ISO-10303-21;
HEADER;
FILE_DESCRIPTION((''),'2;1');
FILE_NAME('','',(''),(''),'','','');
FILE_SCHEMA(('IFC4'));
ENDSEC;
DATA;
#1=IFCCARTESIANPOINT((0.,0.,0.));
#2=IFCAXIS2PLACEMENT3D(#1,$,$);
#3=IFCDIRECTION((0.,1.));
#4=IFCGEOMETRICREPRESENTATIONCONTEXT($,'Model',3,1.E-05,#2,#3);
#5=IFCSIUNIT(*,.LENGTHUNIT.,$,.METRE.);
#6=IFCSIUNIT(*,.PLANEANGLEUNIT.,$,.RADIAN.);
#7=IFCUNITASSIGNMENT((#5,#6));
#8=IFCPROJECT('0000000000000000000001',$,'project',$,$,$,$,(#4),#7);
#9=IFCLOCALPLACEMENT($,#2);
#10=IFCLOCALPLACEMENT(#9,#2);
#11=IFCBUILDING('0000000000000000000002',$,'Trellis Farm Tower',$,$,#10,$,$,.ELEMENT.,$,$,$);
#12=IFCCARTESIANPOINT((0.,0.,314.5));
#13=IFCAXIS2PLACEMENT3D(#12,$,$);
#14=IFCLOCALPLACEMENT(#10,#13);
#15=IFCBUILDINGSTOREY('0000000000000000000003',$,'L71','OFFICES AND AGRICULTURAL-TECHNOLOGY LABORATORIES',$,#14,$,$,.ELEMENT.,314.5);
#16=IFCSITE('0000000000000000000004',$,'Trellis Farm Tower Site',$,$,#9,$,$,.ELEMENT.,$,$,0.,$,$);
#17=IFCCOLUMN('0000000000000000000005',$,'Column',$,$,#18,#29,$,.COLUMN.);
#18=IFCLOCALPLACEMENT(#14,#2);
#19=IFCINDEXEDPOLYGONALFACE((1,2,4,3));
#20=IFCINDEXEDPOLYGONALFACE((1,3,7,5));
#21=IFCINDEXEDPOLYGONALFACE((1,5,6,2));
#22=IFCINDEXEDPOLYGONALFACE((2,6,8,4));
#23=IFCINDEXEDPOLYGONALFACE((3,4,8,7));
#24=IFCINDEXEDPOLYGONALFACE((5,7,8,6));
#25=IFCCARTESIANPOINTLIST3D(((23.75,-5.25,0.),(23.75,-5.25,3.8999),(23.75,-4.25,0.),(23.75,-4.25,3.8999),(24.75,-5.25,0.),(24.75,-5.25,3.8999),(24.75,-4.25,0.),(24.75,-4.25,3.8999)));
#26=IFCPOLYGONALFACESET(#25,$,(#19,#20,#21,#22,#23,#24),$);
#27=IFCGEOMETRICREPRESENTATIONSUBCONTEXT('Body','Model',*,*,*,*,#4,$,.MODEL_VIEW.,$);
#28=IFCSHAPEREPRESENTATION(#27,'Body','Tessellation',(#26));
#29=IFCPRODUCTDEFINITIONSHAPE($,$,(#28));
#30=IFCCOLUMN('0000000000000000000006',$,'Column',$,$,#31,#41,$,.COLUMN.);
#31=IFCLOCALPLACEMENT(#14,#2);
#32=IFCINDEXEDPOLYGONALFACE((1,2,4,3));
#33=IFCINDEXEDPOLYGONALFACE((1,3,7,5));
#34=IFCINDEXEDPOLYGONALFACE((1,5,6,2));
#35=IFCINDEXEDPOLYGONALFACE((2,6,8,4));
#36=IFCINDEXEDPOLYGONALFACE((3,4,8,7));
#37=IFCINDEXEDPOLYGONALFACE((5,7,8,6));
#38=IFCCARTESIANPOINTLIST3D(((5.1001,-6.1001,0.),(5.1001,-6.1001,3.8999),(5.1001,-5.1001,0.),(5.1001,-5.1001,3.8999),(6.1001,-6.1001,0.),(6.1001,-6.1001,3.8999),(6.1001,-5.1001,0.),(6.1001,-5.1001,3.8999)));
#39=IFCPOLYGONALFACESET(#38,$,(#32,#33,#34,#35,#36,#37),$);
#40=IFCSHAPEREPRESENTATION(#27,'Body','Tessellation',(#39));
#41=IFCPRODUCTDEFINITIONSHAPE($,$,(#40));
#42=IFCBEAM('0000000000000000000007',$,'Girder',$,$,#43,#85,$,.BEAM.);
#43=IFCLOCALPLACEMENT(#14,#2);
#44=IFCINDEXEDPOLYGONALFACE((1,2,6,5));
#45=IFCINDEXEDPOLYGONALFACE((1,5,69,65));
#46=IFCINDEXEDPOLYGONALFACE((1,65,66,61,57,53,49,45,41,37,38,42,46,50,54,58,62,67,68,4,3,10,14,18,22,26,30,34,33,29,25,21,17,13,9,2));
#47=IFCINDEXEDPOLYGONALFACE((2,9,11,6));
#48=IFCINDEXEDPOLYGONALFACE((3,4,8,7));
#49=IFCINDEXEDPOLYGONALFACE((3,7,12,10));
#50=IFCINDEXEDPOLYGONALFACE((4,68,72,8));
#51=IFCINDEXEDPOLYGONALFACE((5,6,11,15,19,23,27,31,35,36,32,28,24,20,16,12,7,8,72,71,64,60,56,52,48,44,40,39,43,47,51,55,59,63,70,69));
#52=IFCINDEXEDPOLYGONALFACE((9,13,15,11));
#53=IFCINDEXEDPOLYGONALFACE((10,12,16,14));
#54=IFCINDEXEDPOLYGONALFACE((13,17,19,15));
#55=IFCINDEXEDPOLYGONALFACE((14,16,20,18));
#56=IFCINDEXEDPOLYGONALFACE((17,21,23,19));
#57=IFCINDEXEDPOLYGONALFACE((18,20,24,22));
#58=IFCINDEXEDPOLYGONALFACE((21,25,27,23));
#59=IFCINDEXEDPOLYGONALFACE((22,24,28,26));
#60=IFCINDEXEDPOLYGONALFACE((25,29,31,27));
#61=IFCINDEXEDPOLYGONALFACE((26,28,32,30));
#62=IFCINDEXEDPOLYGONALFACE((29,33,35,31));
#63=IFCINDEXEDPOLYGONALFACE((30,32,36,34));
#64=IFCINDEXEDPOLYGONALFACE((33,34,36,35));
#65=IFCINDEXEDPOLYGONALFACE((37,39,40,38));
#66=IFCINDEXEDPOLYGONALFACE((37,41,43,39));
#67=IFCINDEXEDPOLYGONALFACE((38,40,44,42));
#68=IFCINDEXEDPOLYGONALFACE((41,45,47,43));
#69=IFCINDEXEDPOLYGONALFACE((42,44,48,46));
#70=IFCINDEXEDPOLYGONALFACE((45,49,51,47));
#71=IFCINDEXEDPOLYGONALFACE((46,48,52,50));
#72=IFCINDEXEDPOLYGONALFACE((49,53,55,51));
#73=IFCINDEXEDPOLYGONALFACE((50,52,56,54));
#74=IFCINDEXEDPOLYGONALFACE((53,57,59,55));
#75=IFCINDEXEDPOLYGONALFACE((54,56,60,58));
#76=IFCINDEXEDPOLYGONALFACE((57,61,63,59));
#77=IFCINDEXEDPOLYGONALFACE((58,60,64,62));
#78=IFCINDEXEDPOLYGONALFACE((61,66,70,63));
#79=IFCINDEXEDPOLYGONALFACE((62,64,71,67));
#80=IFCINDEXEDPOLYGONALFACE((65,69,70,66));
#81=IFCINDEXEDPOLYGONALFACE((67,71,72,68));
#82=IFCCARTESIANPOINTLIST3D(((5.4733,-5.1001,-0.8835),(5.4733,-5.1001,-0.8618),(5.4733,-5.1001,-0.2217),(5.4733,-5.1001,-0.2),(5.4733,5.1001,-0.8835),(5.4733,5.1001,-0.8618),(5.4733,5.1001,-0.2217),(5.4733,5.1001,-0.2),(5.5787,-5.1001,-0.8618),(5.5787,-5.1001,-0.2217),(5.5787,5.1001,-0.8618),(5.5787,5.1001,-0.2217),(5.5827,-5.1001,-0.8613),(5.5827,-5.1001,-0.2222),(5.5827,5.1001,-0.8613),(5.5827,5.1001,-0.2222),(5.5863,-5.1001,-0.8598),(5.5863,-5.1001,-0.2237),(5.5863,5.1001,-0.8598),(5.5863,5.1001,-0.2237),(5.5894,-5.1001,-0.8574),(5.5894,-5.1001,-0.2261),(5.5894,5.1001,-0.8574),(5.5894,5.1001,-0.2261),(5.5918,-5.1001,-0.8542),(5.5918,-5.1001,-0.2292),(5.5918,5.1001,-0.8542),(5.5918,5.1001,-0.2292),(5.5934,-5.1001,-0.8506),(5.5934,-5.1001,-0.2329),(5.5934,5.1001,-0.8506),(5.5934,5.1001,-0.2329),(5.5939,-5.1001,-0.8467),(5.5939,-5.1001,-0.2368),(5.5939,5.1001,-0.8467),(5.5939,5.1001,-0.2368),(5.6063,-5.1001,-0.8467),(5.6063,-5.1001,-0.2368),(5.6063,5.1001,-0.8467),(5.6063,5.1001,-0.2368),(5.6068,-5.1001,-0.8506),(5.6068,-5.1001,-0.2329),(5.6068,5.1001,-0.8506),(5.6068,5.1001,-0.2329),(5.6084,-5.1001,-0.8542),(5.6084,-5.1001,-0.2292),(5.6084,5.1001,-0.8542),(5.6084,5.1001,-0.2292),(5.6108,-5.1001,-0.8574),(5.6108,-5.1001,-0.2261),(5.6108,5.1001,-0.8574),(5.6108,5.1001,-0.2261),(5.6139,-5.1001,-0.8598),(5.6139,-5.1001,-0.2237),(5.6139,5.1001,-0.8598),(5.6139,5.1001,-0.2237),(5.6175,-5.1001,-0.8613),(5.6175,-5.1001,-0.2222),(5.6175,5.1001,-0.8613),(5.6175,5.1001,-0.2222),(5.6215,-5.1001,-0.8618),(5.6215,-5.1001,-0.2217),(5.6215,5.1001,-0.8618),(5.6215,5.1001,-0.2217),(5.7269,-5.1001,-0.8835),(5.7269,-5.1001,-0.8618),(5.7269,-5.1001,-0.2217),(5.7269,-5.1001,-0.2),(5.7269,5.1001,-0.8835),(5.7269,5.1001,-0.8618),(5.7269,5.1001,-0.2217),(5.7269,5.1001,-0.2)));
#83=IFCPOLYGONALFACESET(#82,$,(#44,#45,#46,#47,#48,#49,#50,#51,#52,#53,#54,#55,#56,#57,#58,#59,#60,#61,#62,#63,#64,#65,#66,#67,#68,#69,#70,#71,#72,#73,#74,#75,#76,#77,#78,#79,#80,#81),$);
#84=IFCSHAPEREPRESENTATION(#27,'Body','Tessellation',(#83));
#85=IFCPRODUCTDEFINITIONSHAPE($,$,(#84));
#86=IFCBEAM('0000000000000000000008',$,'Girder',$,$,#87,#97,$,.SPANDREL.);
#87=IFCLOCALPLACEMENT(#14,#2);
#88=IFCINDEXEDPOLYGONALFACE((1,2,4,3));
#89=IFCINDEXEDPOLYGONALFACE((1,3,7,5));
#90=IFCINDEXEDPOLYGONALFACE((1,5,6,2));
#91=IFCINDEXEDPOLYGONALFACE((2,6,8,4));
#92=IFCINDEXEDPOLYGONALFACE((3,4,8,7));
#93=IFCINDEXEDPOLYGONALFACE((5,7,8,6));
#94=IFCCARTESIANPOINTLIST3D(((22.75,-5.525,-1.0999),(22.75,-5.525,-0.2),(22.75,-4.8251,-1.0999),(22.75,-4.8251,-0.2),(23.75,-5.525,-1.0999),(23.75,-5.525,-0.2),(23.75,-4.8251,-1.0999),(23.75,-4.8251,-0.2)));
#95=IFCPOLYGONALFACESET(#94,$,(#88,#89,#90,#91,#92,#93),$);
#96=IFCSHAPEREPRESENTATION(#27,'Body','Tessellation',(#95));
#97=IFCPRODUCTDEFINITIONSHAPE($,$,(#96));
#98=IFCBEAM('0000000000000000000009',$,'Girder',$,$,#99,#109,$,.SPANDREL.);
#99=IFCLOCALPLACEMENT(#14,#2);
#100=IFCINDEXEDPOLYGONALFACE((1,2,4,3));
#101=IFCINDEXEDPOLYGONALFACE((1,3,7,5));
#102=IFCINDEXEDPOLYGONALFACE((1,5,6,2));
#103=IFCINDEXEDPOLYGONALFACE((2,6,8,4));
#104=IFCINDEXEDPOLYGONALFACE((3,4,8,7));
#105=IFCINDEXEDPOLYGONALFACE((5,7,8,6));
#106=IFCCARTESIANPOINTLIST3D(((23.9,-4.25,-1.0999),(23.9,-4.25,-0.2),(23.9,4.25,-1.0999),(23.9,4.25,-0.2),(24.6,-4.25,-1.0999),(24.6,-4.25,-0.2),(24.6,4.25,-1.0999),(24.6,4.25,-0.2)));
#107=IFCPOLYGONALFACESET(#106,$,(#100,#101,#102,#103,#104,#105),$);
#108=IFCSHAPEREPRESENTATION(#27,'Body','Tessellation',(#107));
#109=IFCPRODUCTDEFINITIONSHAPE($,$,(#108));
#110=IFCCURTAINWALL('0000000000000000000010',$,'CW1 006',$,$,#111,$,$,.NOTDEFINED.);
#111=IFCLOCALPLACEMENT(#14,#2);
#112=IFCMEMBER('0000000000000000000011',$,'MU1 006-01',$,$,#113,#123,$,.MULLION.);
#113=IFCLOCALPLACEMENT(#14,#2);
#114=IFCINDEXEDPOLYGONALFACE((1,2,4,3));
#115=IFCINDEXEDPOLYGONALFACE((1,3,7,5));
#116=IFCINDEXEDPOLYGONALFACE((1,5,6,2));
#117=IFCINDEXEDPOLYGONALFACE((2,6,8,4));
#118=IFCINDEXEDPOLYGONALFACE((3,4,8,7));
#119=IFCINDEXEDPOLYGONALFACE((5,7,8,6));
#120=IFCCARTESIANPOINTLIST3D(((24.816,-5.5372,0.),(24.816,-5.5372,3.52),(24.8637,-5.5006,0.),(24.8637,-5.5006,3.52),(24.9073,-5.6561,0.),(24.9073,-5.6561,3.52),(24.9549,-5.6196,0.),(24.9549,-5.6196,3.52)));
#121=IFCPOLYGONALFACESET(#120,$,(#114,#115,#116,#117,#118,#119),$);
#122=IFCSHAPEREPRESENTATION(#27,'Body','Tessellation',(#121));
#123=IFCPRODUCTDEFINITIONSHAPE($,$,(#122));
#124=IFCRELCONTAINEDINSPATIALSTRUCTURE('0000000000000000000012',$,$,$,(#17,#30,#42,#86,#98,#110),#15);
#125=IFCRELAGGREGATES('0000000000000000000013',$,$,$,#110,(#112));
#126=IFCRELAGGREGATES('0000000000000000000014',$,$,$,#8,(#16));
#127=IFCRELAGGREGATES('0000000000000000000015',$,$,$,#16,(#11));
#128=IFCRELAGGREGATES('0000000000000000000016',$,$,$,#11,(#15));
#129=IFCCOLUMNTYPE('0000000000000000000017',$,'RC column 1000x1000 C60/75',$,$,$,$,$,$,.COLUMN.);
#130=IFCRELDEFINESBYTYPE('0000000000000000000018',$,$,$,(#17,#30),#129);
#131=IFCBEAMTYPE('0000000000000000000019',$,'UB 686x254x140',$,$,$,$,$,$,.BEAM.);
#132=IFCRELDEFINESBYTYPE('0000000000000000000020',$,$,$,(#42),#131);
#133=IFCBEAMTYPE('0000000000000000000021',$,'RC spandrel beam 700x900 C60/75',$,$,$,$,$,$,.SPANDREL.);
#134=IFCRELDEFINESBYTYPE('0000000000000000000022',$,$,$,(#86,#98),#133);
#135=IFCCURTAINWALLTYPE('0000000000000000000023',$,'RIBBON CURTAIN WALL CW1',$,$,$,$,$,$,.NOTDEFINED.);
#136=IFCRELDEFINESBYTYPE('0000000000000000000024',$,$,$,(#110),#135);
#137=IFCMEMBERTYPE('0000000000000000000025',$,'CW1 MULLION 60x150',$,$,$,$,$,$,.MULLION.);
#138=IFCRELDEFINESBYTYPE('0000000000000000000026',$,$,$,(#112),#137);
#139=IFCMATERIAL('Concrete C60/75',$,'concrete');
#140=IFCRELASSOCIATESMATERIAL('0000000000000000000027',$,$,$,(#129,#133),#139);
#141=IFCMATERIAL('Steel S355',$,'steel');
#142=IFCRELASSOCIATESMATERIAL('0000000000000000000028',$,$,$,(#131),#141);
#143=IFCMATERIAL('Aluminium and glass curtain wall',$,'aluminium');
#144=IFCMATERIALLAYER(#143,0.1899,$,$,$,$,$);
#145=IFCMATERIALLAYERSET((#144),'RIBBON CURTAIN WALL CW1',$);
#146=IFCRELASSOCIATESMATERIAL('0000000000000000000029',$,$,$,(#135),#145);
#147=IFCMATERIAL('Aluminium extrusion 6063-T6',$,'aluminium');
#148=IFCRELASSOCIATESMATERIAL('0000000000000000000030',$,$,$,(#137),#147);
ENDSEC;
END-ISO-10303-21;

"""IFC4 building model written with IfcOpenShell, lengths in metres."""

from ifc_helpers import new_model, si_unit, direction, frame, origin, origin_2d, place, context, subcontext, project, spatial, rectangle, i_section, extrude, source, transform, mapped, material, layer, layer_set, material_profile, profile_set, type_object, element, aggregate, save


model = new_model("IFC4")

# Units and contexts
model_context = context("Model", 3, precision=1e-05, world=origin(), true_north=direction((0.0, 1.0)))
body_context = subcontext(model_context, "Body", "Model", "MODEL_VIEW")
ifc_project = project(units=[si_unit("LENGTHUNIT", "METRE"), si_unit("PLANEANGLEUNIT", "RADIAN")], contexts=[model_context])

# Site, building, storey
site_placement = place(None, origin())
site = spatial("IfcSite", under=ifc_project, at=site_placement, Name="Trellis Farm Tower Site", CompositionType="ELEMENT", RefElevation=0.0)
building_placement = place(site_placement, origin())
building = spatial("IfcBuilding", under=site, at=building_placement, Name="Trellis Farm Tower", CompositionType="ELEMENT")
storey_placement = place(building_placement, frame((0.0, 0.0, 314.5)))
storey = spatial("IfcBuildingStorey", under=building, at=storey_placement, Name="L71", Description="OFFICES AND AGRICULTURAL-TECHNOLOGY LABORATORIES", CompositionType="ELEMENT", Elevation=314.5)

# Columns
ifc_material_1 = material(Name="Concrete C60/75", Category="concrete")
ifc_material_profile_1 = material_profile(ifc_material_1, rectangle(XDim=1.0, YDim=1.0, at=origin_2d()), Name="RC column 1000x1000 C60/75")
ifc_profile_set_1 = profile_set([ifc_material_profile_1], Name="Concrete C60/75")
column_type = type_object("IfcColumnType", Name="RC column 1000x1000 C60/75", PredefinedType="COLUMN", material=ifc_profile_set_1)
shared_shape_1 = source(origin(), body_context, "Body", "SweptSolid", [
    extrude(rectangle(XDim=1.0, YDim=1.0, at=origin_2d()), origin(), (0.0, 0.0, 1.0), 3.8999),
])
for number, where, z_axis, x_axis, name in (
    (1, (24.25, -4.75, 0.0), (0.0, 0.0, 1.0), (1.0, 0.0, 0.0), "Column"),
    (2, (5.6001, -5.6001, 0.0), (0.0, 0.0, 1.0), (1.0, 0.0, 0.0), "Column"),
):
    element("IfcColumn", number, at=place(storey_placement, frame(where, z_axis=z_axis, x_axis=x_axis)), inside=storey, type_object=column_type, Name=name, PredefinedType="COLUMN", context=body_context, shape_type="MappedRepresentation", body=[
        mapped(shared_shape_1, transform((0.0, 0.0, 0.0))),
    ])

# Beams
ifc_material_2 = material(Name="Steel S355", Category="steel")
ifc_material_profile_2 = material_profile(ifc_material_2, i_section(OverallWidth=0.2537, OverallDepth=0.6836, WebThickness=0.0125, FlangeThickness=0.0217, FilletRadius=0.0151, at=origin_2d()), Name="UB 686x254x140")
ifc_profile_set_2 = profile_set([ifc_material_profile_2], Name="Steel S355")
beam_type_1 = type_object("IfcBeamType", Name="UB 686x254x140", PredefinedType="BEAM", material=ifc_profile_set_2)
shared_shape_2 = source(origin(), body_context, "Body", "SweptSolid", [
    extrude(i_section(OverallWidth=0.2537, OverallDepth=0.6836, WebThickness=0.0125, FlangeThickness=0.0217, FilletRadius=0.0151, at=origin_2d()), origin(), (0.0, 0.0, 1.0), 10.2002),
])
beam_1_placement = place(storey_placement, frame((5.6001, -5.1001, -0.5417), z_axis=(0.0, 1.0, 0.0), x_axis=(-1.0, 0.0, 0.0)))
element("IfcBeam", 3, at=beam_1_placement, inside=storey, type_object=beam_type_1, Name="Girder", PredefinedType="BEAM", context=body_context, shape_type="MappedRepresentation", body=[
    mapped(shared_shape_2, transform((0.0, 0.0, 0.0))),
])
ifc_material_profile_3 = material_profile(ifc_material_1, rectangle(XDim=0.7, YDim=0.8999, at=origin_2d()), Name="RC spandrel beam 700x900 C60/75")
ifc_profile_set_3 = profile_set([ifc_material_profile_3], Name="Concrete C60/75")
beam_type_2 = type_object("IfcBeamType", Name="RC spandrel beam 700x900 C60/75", PredefinedType="SPANDREL", material=ifc_profile_set_3)
shared_shape_3 = source(origin(), body_context, "Body", "SweptSolid", [
    extrude(rectangle(XDim=0.7, YDim=0.8999, at=origin_2d()), origin(), (0.0, 0.0, 1.0), 1.0),
])
beam_2_placement = place(storey_placement, frame((22.75, -5.175, -0.6499), z_axis=(1.0, 0.0, 0.0), x_axis=(0.0, 1.0, 0.0)))
element("IfcBeam", 4, at=beam_2_placement, inside=storey, type_object=beam_type_2, Name="Girder", PredefinedType="SPANDREL", context=body_context, shape_type="MappedRepresentation", body=[
    mapped(shared_shape_3, transform((0.0, 0.0, 0.0))),
])
shared_shape_4 = source(origin(), body_context, "Body", "SweptSolid", [
    extrude(rectangle(XDim=0.7, YDim=0.8999, at=origin_2d()), origin(), (0.0, 0.0, 1.0), 8.5),
])
beam_3_placement = place(storey_placement, frame((24.25, -4.25, -0.6499), z_axis=(0.0, 1.0, 0.0), x_axis=(-1.0, 0.0, 0.0)))
element("IfcBeam", 5, at=beam_3_placement, inside=storey, type_object=beam_type_2, Name="Girder", PredefinedType="SPANDREL", context=body_context, shape_type="MappedRepresentation", body=[
    mapped(shared_shape_4, transform((0.0, 0.0, 0.0))),
])

# Curtain wall, member
ifc_material_3 = material(Name="Aluminium and glass curtain wall", Category="aluminium")
ifc_layer_1 = layer(ifc_material_3, 0.1899)
ifc_layer_set_1 = layer_set([ifc_layer_1], Name="RIBBON CURTAIN WALL CW1")
curtain_wall_type = type_object("IfcCurtainWallType", Name="RIBBON CURTAIN WALL CW1", PredefinedType="NOTDEFINED", material=ifc_layer_set_1)
placement = place(storey_placement, origin())
curtain_wall = element("IfcCurtainWall", 6, at=placement, inside=storey, type_object=curtain_wall_type, Name="CW1 006", PredefinedType="NOTDEFINED")
ifc_material_4 = material(Name="Aluminium extrusion 6063-T6", Category="aluminium")
ifc_material_profile_4 = material_profile(ifc_material_4, rectangle(XDim=0.0601, YDim=0.1499, at=origin_2d()), Name="MULLION 60x150")
ifc_profile_set_4 = profile_set([ifc_material_profile_4], Name="Aluminium extrusion 6063-T6")
member_type = type_object("IfcMemberType", Name="CW1 MULLION 60x150", PredefinedType="MULLION", material=ifc_profile_set_4)
shared_shape_5 = source(origin(), body_context, "Body", "SweptSolid", [
    extrude(rectangle(XDim=0.0601, YDim=0.1499, at=origin_2d()), origin(), (0.0, 0.0, 1.0), 3.52),
])
member_placement = place(storey_placement, frame((24.8855, -5.5784, 0.0), z_axis=(0.0, 0.0, 1.0), x_axis=(0.793353, 0.608761, 0.0)))
member = element("IfcMember", 7, at=member_placement, type_object=member_type, Name="MU1 006-01", PredefinedType="MULLION", context=body_context, shape_type="MappedRepresentation", body=[
    mapped(shared_shape_5, transform((0.0, 0.0, 0.0))),
])
aggregate(curtain_wall, [member])

save(model, "model.ifc")
